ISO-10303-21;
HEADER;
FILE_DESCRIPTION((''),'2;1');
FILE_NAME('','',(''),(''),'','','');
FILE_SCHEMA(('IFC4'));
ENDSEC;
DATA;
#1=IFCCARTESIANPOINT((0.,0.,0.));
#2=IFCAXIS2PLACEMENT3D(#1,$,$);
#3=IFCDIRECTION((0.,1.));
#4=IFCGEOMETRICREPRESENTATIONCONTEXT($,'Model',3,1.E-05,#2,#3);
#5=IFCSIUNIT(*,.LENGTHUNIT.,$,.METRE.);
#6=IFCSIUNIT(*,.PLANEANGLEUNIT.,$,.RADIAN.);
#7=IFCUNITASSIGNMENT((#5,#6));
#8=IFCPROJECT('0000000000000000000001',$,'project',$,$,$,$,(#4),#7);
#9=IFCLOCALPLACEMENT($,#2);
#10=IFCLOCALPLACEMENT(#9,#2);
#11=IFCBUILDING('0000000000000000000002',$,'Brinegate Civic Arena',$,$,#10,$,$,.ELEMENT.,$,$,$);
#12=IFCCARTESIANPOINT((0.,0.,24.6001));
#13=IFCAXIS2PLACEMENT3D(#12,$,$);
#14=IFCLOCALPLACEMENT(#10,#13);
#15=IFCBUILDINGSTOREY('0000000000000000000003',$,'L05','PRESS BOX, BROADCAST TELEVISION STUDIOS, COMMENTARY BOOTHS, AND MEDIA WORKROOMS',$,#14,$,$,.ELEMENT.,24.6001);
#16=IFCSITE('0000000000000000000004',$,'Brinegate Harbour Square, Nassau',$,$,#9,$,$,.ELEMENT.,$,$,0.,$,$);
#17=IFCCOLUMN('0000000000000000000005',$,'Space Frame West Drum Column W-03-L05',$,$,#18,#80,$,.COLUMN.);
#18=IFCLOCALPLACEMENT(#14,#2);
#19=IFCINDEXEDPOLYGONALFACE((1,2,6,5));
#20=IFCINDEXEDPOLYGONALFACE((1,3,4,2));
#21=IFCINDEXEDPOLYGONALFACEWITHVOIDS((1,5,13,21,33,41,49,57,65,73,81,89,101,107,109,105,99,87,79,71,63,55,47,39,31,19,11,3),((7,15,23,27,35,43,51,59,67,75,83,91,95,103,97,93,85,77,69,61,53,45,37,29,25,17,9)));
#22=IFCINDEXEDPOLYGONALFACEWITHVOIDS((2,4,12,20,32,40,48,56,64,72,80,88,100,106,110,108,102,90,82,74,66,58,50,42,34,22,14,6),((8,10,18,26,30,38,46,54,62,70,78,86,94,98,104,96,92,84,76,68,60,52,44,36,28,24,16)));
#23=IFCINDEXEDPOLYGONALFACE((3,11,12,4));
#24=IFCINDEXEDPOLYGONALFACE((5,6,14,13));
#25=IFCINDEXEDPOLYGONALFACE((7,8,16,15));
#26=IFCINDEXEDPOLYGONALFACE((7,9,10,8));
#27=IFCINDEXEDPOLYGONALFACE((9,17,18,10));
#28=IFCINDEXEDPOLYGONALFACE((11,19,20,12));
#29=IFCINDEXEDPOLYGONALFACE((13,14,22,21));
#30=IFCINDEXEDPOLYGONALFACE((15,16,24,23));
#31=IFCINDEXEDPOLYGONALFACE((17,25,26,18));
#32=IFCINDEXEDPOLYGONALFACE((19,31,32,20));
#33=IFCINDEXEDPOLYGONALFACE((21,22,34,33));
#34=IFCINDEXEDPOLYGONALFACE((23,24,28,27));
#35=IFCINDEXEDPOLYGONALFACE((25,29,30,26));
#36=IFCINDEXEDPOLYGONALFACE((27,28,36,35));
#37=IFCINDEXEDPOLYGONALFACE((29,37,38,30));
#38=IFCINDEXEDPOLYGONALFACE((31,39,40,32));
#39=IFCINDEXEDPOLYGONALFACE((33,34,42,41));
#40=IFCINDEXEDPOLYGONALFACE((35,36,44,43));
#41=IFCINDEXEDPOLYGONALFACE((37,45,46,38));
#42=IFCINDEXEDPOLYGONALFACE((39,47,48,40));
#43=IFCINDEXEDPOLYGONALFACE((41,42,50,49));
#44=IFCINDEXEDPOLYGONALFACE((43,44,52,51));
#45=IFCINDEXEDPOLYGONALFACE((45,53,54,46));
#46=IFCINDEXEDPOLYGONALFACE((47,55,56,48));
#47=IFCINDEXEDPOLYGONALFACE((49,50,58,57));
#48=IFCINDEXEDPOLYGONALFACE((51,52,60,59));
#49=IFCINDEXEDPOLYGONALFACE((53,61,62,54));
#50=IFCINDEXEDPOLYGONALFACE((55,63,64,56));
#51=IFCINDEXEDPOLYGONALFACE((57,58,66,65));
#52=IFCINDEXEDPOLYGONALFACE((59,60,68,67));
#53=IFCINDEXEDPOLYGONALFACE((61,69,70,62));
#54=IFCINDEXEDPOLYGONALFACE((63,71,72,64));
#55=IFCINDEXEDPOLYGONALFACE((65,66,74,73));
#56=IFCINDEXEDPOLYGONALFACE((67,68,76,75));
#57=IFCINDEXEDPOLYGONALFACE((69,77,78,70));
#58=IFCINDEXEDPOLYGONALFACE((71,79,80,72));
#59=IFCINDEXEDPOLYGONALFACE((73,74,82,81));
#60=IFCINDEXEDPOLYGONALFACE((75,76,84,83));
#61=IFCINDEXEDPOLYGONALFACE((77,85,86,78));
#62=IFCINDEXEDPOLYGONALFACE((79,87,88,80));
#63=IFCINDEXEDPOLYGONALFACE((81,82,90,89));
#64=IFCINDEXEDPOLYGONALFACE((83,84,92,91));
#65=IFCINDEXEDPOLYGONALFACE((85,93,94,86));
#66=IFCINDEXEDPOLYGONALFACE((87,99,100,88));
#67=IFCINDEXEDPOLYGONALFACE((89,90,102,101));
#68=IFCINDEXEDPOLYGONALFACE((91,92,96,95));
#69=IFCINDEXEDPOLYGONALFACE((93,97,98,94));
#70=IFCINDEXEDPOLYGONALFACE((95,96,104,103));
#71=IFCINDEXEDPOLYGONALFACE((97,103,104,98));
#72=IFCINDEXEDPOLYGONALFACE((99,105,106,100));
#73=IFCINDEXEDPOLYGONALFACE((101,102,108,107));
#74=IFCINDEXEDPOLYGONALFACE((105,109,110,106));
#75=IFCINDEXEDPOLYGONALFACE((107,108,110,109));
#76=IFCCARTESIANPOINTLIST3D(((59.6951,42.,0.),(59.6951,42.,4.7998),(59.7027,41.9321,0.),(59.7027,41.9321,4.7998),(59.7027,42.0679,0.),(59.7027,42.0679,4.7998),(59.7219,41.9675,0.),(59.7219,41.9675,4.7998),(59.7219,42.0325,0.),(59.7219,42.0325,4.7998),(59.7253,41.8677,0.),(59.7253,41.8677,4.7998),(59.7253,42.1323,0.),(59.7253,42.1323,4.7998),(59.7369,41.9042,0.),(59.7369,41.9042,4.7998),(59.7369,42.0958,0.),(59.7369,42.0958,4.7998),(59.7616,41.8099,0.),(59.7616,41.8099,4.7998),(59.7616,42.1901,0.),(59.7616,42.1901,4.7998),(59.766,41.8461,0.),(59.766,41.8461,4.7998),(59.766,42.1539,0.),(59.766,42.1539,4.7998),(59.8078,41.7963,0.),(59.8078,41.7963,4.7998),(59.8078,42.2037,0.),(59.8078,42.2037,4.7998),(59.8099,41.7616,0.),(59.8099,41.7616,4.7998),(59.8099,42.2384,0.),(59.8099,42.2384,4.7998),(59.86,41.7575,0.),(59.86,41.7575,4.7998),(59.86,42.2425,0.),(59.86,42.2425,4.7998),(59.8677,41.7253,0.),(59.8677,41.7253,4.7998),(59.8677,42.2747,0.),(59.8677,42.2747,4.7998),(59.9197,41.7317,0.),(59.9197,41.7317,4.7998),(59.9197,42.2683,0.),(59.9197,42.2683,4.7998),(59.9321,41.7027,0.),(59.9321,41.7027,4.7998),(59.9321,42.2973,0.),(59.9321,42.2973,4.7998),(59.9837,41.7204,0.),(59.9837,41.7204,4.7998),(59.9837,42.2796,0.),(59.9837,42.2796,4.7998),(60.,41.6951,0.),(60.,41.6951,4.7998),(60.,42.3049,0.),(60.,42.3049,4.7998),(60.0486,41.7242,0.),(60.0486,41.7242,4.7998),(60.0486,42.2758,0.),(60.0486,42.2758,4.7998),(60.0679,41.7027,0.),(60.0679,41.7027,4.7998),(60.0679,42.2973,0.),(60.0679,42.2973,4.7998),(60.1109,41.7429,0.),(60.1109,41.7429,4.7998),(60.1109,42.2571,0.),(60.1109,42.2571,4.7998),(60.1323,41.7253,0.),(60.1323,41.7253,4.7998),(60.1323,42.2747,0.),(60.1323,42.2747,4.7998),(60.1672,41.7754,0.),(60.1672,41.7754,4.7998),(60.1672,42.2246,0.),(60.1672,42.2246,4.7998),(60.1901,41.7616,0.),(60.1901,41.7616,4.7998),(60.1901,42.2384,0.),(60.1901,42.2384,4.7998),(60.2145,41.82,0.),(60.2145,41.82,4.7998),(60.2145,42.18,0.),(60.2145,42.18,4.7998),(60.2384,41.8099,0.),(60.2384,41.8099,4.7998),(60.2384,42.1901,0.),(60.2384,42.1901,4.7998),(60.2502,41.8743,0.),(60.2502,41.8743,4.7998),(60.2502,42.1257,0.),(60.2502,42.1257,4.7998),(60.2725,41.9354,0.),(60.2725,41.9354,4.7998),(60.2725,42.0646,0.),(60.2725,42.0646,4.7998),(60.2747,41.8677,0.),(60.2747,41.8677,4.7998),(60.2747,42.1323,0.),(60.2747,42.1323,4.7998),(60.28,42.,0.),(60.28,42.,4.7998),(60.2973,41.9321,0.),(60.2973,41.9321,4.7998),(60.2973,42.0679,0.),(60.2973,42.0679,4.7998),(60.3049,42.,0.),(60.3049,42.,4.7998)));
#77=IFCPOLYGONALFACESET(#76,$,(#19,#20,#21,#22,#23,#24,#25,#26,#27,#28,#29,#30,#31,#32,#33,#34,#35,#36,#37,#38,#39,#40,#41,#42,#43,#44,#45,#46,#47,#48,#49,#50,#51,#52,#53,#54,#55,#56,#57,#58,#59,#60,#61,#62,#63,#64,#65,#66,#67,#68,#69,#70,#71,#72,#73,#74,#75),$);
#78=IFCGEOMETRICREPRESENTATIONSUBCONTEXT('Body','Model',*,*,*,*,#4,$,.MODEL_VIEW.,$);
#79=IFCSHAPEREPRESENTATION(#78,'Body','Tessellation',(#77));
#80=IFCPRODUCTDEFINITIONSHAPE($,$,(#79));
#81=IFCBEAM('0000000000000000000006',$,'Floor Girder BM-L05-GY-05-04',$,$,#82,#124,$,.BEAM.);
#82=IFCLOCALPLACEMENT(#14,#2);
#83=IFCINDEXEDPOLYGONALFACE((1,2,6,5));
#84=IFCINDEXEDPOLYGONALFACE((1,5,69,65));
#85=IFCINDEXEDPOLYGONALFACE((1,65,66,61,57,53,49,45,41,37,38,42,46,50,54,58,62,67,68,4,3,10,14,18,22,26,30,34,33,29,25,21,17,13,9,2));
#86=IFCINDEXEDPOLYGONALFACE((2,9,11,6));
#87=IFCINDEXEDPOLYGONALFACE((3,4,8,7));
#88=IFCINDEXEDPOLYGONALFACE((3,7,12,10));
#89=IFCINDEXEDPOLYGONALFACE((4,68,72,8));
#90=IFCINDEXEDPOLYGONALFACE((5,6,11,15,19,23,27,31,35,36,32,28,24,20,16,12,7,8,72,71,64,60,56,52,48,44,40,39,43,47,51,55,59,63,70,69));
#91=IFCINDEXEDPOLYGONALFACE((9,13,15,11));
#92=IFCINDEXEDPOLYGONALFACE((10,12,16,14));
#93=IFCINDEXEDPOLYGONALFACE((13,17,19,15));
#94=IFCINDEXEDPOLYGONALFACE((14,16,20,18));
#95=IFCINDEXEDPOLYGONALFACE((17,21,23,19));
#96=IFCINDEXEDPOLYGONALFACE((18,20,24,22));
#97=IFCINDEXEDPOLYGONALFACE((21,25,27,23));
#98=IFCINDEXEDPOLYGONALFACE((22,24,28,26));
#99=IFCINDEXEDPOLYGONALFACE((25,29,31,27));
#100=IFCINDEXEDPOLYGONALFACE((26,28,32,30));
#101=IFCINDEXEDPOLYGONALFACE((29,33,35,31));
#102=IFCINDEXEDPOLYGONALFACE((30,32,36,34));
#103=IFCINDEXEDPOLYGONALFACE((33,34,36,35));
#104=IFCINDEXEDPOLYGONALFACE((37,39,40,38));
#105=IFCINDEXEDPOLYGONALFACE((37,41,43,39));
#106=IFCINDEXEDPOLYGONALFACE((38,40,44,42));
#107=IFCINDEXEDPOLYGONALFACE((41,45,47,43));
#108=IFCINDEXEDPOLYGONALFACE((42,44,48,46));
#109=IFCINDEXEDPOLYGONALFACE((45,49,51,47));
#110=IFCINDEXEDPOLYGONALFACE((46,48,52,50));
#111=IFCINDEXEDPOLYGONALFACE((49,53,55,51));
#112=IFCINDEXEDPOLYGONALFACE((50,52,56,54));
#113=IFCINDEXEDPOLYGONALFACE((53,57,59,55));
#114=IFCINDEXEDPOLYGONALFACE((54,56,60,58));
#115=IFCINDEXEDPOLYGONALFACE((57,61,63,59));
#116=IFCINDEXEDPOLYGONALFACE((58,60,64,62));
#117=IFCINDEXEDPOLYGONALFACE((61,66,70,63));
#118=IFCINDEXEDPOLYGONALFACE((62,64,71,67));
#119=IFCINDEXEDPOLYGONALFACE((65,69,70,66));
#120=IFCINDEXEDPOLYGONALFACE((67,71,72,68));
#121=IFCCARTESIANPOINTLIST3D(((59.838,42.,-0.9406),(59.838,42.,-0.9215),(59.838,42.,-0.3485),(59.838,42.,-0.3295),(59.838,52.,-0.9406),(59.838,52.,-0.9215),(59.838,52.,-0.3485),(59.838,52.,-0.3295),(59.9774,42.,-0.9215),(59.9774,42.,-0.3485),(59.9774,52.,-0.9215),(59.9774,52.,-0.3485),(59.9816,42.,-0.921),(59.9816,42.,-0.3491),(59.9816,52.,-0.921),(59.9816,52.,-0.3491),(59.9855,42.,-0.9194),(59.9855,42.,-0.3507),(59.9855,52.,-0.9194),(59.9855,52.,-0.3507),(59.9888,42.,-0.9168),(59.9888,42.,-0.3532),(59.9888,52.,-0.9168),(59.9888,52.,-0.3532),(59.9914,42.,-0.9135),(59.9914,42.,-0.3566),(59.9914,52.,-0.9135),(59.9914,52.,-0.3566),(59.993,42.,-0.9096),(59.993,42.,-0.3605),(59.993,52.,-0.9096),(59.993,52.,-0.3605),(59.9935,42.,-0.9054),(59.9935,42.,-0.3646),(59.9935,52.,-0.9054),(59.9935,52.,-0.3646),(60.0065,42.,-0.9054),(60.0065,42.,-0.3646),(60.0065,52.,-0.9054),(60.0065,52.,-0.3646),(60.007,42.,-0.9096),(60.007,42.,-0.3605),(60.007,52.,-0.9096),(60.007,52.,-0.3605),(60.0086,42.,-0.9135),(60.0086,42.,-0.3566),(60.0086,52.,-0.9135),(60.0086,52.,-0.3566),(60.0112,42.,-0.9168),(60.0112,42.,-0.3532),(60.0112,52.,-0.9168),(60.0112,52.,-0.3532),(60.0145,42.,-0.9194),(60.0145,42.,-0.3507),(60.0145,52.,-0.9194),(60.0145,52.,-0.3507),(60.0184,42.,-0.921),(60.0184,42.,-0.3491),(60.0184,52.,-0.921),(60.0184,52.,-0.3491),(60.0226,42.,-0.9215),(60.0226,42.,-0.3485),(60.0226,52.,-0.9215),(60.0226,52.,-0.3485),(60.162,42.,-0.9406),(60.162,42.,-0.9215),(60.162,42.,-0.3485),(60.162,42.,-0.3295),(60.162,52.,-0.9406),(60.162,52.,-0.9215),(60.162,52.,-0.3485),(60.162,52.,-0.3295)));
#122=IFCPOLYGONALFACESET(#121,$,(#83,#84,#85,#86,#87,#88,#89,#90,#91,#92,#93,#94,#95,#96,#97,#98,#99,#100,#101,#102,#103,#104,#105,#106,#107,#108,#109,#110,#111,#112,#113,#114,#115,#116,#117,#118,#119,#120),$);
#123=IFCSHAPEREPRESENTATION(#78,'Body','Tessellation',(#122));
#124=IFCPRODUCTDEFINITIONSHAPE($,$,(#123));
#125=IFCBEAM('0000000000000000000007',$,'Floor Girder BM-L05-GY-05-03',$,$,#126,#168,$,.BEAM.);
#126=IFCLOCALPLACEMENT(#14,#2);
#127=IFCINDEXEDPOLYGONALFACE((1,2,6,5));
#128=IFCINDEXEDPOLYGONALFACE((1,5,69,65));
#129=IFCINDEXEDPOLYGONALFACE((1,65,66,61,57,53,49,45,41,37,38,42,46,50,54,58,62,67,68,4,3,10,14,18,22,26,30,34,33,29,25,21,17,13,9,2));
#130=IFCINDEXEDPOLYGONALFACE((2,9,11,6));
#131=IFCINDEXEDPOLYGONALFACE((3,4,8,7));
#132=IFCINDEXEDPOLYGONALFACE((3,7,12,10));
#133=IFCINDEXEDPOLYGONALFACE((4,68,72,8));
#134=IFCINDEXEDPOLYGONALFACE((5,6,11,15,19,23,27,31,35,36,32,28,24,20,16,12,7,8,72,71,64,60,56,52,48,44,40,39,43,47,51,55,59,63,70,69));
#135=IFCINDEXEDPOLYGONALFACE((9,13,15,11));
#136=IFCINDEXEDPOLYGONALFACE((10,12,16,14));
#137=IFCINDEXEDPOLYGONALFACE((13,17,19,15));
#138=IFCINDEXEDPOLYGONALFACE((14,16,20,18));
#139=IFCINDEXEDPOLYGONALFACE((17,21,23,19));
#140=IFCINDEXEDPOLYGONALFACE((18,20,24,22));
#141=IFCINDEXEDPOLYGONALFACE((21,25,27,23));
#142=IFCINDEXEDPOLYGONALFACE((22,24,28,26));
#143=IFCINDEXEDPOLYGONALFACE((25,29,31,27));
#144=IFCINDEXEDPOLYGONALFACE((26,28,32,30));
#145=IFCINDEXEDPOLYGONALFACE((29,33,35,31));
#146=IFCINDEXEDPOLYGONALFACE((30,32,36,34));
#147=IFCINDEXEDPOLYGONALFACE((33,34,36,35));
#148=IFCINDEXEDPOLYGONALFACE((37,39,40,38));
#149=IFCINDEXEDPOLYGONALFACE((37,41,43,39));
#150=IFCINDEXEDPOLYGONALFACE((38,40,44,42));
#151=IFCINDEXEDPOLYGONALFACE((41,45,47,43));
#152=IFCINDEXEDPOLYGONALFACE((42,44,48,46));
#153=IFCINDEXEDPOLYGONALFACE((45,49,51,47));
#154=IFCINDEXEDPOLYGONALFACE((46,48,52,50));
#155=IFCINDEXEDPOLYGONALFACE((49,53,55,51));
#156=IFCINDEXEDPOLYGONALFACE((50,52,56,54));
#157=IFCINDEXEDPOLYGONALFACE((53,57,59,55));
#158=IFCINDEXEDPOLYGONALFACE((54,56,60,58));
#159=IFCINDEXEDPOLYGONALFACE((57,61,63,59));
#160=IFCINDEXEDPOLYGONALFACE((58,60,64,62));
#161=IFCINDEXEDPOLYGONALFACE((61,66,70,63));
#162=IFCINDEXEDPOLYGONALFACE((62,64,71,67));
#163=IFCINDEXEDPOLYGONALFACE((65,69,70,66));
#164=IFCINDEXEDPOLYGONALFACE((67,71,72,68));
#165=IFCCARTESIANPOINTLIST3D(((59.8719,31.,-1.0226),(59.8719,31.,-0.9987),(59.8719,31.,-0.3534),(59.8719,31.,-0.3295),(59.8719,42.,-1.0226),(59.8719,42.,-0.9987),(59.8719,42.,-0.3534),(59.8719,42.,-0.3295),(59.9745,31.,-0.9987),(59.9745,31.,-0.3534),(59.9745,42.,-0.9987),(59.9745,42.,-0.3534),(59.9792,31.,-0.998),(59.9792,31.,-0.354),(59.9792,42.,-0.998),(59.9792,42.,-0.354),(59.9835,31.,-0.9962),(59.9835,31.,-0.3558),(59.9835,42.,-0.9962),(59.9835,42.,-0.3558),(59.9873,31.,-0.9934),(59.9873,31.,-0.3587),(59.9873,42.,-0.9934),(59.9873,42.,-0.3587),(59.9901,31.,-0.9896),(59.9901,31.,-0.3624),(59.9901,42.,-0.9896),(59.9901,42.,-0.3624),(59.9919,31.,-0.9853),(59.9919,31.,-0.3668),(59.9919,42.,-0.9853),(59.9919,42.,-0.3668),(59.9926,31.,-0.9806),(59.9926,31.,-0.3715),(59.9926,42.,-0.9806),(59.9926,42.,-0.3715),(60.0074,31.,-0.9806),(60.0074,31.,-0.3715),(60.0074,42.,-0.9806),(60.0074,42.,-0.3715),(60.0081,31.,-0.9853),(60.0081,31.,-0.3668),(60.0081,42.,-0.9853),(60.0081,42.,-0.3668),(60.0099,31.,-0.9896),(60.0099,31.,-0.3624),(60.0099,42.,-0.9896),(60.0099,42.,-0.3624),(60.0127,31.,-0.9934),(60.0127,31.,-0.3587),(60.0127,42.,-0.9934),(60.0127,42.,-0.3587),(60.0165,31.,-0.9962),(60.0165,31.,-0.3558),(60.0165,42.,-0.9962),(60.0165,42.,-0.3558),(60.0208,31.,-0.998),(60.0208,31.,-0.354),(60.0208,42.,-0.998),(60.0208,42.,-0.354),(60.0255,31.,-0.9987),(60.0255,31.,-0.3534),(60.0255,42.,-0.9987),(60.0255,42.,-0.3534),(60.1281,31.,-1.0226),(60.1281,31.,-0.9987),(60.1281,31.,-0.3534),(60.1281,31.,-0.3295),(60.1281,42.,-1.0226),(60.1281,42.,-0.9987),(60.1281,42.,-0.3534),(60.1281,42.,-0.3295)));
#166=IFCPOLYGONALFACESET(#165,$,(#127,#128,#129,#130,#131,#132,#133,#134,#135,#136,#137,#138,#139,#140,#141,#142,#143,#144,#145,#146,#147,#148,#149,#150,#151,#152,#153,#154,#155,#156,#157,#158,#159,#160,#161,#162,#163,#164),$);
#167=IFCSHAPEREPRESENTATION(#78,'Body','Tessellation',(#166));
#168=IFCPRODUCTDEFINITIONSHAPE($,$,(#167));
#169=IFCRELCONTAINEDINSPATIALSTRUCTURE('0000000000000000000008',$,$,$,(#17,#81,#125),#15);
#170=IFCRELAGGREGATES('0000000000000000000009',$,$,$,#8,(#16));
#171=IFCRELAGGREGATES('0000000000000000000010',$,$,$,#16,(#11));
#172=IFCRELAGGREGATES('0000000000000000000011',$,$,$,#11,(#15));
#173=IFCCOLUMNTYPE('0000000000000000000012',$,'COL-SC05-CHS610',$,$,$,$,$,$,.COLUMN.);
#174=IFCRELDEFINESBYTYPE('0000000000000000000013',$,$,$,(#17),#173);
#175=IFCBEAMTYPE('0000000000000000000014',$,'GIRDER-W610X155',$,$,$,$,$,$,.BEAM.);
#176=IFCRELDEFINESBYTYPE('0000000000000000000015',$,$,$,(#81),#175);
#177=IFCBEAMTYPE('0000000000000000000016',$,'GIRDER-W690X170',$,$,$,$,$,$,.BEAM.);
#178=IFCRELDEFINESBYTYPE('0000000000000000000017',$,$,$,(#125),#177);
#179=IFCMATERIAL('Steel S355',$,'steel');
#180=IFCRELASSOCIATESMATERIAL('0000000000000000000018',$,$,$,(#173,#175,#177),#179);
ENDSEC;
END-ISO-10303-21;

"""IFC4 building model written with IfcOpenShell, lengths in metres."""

from ifc_helpers import new_model, si_unit, direction, frame, origin, origin_2d, place, context, subcontext, project, spatial, hollow_circle, i_section, extrude, material, material_profile, profile_set, type_object, element, save


model = new_model("IFC4")

# Units and contexts
model_context = context("Model", 3, precision=1e-05, world=origin(), true_north=direction((0.0, 1.0)))
body_context = subcontext(model_context, "Body", "Model", "MODEL_VIEW")
ifc_project = project(units=[si_unit("LENGTHUNIT", "METRE"), si_unit("PLANEANGLEUNIT", "RADIAN")], contexts=[model_context])

# Site, building, storey
site_placement = place(None, origin())
site = spatial("IfcSite", under=ifc_project, at=site_placement, Name="Brinegate Harbour Square, Nassau", CompositionType="ELEMENT", RefElevation=0.0)
building_placement = place(site_placement, origin())
building = spatial("IfcBuilding", under=site, at=building_placement, Name="Brinegate Civic Arena", CompositionType="ELEMENT")
storey_placement = place(building_placement, frame((0.0, 0.0, 24.6001)))
storey = spatial("IfcBuildingStorey", under=building, at=storey_placement, Name="L05", Description="PRESS BOX, BROADCAST TELEVISION STUDIOS, COMMENTARY BOOTHS, AND MEDIA WORKROOMS", CompositionType="ELEMENT", Elevation=24.6001)

# Column
ifc_material_1 = material(Name="Steel S355", Category="steel")
ifc_material_profile_1 = material_profile(ifc_material_1, hollow_circle(Radius=0.3049, WallThickness=0.0249, at=origin_2d()), Name="CHS610X25")
ifc_profile_set_1 = profile_set([ifc_material_profile_1], Name="Steel S355")
column_type = type_object("IfcColumnType", Name="COL-SC05-CHS610", PredefinedType="COLUMN", material=ifc_profile_set_1)
column_placement = place(storey_placement, frame((60.0, 42.0, 0.0), z_axis=(0.0, 0.0, 1.0), x_axis=(1.0, 0.0, 0.0)))
element("IfcColumn", 1, at=column_placement, inside=storey, type_object=column_type, Name="Space Frame West Drum Column W-03-L05", PredefinedType="COLUMN", context=body_context, shape_type="SweptSolid", body=[
    extrude(hollow_circle(Radius=0.3049, WallThickness=0.0249, at=origin_2d()), origin(), (0.0, 0.0, 1.0), 4.7998),
])

# Beams
ifc_material_profile_2 = material_profile(ifc_material_1, i_section(OverallWidth=0.324, OverallDepth=0.6111, WebThickness=0.0129, FlangeThickness=0.019, FilletRadius=0.0161, at=origin_2d()), Name="W610X155")
ifc_profile_set_2 = profile_set([ifc_material_profile_2], Name="Steel S355")
beam_type_1 = type_object("IfcBeamType", Name="GIRDER-W610X155", PredefinedType="BEAM", material=ifc_profile_set_2)
beam_1_placement = place(storey_placement, frame((60.0, 42.0, -0.635), z_axis=(0.0, 1.0, 0.0), x_axis=(-1.0, 0.0, 0.0)))
element("IfcBeam", 2, at=beam_1_placement, inside=storey, type_object=beam_type_1, Name="Floor Girder BM-L05-GY-05-04", PredefinedType="BEAM", context=body_context, shape_type="SweptSolid", body=[
    extrude(i_section(OverallWidth=0.324, OverallDepth=0.6111, WebThickness=0.0129, FlangeThickness=0.019, FilletRadius=0.0161, at=origin_2d()), origin(), (0.0, 0.0, 1.0), 10.0),
])
ifc_material_profile_3 = material_profile(ifc_material_1, i_section(OverallWidth=0.2561, OverallDepth=0.6931, WebThickness=0.0149, FlangeThickness=0.0239, FilletRadius=0.0181, at=origin_2d()), Name="W690X170")
ifc_profile_set_3 = profile_set([ifc_material_profile_3], Name="Steel S355")
beam_type_2 = type_object("IfcBeamType", Name="GIRDER-W690X170", PredefinedType="BEAM", material=ifc_profile_set_3)
beam_2_placement = place(storey_placement, frame((60.0, 31.0, -0.676), z_axis=(0.0, 1.0, 0.0), x_axis=(-1.0, 0.0, 0.0)))
element("IfcBeam", 3, at=beam_2_placement, inside=storey, type_object=beam_type_2, Name="Floor Girder BM-L05-GY-05-03", PredefinedType="BEAM", context=body_context, shape_type="SweptSolid", body=[
    extrude(i_section(OverallWidth=0.2561, OverallDepth=0.6931, WebThickness=0.0149, FlangeThickness=0.0239, FilletRadius=0.0181, at=origin_2d()), origin(), (0.0, 0.0, 1.0), 11.0),
])

save(model, "model.ifc")
